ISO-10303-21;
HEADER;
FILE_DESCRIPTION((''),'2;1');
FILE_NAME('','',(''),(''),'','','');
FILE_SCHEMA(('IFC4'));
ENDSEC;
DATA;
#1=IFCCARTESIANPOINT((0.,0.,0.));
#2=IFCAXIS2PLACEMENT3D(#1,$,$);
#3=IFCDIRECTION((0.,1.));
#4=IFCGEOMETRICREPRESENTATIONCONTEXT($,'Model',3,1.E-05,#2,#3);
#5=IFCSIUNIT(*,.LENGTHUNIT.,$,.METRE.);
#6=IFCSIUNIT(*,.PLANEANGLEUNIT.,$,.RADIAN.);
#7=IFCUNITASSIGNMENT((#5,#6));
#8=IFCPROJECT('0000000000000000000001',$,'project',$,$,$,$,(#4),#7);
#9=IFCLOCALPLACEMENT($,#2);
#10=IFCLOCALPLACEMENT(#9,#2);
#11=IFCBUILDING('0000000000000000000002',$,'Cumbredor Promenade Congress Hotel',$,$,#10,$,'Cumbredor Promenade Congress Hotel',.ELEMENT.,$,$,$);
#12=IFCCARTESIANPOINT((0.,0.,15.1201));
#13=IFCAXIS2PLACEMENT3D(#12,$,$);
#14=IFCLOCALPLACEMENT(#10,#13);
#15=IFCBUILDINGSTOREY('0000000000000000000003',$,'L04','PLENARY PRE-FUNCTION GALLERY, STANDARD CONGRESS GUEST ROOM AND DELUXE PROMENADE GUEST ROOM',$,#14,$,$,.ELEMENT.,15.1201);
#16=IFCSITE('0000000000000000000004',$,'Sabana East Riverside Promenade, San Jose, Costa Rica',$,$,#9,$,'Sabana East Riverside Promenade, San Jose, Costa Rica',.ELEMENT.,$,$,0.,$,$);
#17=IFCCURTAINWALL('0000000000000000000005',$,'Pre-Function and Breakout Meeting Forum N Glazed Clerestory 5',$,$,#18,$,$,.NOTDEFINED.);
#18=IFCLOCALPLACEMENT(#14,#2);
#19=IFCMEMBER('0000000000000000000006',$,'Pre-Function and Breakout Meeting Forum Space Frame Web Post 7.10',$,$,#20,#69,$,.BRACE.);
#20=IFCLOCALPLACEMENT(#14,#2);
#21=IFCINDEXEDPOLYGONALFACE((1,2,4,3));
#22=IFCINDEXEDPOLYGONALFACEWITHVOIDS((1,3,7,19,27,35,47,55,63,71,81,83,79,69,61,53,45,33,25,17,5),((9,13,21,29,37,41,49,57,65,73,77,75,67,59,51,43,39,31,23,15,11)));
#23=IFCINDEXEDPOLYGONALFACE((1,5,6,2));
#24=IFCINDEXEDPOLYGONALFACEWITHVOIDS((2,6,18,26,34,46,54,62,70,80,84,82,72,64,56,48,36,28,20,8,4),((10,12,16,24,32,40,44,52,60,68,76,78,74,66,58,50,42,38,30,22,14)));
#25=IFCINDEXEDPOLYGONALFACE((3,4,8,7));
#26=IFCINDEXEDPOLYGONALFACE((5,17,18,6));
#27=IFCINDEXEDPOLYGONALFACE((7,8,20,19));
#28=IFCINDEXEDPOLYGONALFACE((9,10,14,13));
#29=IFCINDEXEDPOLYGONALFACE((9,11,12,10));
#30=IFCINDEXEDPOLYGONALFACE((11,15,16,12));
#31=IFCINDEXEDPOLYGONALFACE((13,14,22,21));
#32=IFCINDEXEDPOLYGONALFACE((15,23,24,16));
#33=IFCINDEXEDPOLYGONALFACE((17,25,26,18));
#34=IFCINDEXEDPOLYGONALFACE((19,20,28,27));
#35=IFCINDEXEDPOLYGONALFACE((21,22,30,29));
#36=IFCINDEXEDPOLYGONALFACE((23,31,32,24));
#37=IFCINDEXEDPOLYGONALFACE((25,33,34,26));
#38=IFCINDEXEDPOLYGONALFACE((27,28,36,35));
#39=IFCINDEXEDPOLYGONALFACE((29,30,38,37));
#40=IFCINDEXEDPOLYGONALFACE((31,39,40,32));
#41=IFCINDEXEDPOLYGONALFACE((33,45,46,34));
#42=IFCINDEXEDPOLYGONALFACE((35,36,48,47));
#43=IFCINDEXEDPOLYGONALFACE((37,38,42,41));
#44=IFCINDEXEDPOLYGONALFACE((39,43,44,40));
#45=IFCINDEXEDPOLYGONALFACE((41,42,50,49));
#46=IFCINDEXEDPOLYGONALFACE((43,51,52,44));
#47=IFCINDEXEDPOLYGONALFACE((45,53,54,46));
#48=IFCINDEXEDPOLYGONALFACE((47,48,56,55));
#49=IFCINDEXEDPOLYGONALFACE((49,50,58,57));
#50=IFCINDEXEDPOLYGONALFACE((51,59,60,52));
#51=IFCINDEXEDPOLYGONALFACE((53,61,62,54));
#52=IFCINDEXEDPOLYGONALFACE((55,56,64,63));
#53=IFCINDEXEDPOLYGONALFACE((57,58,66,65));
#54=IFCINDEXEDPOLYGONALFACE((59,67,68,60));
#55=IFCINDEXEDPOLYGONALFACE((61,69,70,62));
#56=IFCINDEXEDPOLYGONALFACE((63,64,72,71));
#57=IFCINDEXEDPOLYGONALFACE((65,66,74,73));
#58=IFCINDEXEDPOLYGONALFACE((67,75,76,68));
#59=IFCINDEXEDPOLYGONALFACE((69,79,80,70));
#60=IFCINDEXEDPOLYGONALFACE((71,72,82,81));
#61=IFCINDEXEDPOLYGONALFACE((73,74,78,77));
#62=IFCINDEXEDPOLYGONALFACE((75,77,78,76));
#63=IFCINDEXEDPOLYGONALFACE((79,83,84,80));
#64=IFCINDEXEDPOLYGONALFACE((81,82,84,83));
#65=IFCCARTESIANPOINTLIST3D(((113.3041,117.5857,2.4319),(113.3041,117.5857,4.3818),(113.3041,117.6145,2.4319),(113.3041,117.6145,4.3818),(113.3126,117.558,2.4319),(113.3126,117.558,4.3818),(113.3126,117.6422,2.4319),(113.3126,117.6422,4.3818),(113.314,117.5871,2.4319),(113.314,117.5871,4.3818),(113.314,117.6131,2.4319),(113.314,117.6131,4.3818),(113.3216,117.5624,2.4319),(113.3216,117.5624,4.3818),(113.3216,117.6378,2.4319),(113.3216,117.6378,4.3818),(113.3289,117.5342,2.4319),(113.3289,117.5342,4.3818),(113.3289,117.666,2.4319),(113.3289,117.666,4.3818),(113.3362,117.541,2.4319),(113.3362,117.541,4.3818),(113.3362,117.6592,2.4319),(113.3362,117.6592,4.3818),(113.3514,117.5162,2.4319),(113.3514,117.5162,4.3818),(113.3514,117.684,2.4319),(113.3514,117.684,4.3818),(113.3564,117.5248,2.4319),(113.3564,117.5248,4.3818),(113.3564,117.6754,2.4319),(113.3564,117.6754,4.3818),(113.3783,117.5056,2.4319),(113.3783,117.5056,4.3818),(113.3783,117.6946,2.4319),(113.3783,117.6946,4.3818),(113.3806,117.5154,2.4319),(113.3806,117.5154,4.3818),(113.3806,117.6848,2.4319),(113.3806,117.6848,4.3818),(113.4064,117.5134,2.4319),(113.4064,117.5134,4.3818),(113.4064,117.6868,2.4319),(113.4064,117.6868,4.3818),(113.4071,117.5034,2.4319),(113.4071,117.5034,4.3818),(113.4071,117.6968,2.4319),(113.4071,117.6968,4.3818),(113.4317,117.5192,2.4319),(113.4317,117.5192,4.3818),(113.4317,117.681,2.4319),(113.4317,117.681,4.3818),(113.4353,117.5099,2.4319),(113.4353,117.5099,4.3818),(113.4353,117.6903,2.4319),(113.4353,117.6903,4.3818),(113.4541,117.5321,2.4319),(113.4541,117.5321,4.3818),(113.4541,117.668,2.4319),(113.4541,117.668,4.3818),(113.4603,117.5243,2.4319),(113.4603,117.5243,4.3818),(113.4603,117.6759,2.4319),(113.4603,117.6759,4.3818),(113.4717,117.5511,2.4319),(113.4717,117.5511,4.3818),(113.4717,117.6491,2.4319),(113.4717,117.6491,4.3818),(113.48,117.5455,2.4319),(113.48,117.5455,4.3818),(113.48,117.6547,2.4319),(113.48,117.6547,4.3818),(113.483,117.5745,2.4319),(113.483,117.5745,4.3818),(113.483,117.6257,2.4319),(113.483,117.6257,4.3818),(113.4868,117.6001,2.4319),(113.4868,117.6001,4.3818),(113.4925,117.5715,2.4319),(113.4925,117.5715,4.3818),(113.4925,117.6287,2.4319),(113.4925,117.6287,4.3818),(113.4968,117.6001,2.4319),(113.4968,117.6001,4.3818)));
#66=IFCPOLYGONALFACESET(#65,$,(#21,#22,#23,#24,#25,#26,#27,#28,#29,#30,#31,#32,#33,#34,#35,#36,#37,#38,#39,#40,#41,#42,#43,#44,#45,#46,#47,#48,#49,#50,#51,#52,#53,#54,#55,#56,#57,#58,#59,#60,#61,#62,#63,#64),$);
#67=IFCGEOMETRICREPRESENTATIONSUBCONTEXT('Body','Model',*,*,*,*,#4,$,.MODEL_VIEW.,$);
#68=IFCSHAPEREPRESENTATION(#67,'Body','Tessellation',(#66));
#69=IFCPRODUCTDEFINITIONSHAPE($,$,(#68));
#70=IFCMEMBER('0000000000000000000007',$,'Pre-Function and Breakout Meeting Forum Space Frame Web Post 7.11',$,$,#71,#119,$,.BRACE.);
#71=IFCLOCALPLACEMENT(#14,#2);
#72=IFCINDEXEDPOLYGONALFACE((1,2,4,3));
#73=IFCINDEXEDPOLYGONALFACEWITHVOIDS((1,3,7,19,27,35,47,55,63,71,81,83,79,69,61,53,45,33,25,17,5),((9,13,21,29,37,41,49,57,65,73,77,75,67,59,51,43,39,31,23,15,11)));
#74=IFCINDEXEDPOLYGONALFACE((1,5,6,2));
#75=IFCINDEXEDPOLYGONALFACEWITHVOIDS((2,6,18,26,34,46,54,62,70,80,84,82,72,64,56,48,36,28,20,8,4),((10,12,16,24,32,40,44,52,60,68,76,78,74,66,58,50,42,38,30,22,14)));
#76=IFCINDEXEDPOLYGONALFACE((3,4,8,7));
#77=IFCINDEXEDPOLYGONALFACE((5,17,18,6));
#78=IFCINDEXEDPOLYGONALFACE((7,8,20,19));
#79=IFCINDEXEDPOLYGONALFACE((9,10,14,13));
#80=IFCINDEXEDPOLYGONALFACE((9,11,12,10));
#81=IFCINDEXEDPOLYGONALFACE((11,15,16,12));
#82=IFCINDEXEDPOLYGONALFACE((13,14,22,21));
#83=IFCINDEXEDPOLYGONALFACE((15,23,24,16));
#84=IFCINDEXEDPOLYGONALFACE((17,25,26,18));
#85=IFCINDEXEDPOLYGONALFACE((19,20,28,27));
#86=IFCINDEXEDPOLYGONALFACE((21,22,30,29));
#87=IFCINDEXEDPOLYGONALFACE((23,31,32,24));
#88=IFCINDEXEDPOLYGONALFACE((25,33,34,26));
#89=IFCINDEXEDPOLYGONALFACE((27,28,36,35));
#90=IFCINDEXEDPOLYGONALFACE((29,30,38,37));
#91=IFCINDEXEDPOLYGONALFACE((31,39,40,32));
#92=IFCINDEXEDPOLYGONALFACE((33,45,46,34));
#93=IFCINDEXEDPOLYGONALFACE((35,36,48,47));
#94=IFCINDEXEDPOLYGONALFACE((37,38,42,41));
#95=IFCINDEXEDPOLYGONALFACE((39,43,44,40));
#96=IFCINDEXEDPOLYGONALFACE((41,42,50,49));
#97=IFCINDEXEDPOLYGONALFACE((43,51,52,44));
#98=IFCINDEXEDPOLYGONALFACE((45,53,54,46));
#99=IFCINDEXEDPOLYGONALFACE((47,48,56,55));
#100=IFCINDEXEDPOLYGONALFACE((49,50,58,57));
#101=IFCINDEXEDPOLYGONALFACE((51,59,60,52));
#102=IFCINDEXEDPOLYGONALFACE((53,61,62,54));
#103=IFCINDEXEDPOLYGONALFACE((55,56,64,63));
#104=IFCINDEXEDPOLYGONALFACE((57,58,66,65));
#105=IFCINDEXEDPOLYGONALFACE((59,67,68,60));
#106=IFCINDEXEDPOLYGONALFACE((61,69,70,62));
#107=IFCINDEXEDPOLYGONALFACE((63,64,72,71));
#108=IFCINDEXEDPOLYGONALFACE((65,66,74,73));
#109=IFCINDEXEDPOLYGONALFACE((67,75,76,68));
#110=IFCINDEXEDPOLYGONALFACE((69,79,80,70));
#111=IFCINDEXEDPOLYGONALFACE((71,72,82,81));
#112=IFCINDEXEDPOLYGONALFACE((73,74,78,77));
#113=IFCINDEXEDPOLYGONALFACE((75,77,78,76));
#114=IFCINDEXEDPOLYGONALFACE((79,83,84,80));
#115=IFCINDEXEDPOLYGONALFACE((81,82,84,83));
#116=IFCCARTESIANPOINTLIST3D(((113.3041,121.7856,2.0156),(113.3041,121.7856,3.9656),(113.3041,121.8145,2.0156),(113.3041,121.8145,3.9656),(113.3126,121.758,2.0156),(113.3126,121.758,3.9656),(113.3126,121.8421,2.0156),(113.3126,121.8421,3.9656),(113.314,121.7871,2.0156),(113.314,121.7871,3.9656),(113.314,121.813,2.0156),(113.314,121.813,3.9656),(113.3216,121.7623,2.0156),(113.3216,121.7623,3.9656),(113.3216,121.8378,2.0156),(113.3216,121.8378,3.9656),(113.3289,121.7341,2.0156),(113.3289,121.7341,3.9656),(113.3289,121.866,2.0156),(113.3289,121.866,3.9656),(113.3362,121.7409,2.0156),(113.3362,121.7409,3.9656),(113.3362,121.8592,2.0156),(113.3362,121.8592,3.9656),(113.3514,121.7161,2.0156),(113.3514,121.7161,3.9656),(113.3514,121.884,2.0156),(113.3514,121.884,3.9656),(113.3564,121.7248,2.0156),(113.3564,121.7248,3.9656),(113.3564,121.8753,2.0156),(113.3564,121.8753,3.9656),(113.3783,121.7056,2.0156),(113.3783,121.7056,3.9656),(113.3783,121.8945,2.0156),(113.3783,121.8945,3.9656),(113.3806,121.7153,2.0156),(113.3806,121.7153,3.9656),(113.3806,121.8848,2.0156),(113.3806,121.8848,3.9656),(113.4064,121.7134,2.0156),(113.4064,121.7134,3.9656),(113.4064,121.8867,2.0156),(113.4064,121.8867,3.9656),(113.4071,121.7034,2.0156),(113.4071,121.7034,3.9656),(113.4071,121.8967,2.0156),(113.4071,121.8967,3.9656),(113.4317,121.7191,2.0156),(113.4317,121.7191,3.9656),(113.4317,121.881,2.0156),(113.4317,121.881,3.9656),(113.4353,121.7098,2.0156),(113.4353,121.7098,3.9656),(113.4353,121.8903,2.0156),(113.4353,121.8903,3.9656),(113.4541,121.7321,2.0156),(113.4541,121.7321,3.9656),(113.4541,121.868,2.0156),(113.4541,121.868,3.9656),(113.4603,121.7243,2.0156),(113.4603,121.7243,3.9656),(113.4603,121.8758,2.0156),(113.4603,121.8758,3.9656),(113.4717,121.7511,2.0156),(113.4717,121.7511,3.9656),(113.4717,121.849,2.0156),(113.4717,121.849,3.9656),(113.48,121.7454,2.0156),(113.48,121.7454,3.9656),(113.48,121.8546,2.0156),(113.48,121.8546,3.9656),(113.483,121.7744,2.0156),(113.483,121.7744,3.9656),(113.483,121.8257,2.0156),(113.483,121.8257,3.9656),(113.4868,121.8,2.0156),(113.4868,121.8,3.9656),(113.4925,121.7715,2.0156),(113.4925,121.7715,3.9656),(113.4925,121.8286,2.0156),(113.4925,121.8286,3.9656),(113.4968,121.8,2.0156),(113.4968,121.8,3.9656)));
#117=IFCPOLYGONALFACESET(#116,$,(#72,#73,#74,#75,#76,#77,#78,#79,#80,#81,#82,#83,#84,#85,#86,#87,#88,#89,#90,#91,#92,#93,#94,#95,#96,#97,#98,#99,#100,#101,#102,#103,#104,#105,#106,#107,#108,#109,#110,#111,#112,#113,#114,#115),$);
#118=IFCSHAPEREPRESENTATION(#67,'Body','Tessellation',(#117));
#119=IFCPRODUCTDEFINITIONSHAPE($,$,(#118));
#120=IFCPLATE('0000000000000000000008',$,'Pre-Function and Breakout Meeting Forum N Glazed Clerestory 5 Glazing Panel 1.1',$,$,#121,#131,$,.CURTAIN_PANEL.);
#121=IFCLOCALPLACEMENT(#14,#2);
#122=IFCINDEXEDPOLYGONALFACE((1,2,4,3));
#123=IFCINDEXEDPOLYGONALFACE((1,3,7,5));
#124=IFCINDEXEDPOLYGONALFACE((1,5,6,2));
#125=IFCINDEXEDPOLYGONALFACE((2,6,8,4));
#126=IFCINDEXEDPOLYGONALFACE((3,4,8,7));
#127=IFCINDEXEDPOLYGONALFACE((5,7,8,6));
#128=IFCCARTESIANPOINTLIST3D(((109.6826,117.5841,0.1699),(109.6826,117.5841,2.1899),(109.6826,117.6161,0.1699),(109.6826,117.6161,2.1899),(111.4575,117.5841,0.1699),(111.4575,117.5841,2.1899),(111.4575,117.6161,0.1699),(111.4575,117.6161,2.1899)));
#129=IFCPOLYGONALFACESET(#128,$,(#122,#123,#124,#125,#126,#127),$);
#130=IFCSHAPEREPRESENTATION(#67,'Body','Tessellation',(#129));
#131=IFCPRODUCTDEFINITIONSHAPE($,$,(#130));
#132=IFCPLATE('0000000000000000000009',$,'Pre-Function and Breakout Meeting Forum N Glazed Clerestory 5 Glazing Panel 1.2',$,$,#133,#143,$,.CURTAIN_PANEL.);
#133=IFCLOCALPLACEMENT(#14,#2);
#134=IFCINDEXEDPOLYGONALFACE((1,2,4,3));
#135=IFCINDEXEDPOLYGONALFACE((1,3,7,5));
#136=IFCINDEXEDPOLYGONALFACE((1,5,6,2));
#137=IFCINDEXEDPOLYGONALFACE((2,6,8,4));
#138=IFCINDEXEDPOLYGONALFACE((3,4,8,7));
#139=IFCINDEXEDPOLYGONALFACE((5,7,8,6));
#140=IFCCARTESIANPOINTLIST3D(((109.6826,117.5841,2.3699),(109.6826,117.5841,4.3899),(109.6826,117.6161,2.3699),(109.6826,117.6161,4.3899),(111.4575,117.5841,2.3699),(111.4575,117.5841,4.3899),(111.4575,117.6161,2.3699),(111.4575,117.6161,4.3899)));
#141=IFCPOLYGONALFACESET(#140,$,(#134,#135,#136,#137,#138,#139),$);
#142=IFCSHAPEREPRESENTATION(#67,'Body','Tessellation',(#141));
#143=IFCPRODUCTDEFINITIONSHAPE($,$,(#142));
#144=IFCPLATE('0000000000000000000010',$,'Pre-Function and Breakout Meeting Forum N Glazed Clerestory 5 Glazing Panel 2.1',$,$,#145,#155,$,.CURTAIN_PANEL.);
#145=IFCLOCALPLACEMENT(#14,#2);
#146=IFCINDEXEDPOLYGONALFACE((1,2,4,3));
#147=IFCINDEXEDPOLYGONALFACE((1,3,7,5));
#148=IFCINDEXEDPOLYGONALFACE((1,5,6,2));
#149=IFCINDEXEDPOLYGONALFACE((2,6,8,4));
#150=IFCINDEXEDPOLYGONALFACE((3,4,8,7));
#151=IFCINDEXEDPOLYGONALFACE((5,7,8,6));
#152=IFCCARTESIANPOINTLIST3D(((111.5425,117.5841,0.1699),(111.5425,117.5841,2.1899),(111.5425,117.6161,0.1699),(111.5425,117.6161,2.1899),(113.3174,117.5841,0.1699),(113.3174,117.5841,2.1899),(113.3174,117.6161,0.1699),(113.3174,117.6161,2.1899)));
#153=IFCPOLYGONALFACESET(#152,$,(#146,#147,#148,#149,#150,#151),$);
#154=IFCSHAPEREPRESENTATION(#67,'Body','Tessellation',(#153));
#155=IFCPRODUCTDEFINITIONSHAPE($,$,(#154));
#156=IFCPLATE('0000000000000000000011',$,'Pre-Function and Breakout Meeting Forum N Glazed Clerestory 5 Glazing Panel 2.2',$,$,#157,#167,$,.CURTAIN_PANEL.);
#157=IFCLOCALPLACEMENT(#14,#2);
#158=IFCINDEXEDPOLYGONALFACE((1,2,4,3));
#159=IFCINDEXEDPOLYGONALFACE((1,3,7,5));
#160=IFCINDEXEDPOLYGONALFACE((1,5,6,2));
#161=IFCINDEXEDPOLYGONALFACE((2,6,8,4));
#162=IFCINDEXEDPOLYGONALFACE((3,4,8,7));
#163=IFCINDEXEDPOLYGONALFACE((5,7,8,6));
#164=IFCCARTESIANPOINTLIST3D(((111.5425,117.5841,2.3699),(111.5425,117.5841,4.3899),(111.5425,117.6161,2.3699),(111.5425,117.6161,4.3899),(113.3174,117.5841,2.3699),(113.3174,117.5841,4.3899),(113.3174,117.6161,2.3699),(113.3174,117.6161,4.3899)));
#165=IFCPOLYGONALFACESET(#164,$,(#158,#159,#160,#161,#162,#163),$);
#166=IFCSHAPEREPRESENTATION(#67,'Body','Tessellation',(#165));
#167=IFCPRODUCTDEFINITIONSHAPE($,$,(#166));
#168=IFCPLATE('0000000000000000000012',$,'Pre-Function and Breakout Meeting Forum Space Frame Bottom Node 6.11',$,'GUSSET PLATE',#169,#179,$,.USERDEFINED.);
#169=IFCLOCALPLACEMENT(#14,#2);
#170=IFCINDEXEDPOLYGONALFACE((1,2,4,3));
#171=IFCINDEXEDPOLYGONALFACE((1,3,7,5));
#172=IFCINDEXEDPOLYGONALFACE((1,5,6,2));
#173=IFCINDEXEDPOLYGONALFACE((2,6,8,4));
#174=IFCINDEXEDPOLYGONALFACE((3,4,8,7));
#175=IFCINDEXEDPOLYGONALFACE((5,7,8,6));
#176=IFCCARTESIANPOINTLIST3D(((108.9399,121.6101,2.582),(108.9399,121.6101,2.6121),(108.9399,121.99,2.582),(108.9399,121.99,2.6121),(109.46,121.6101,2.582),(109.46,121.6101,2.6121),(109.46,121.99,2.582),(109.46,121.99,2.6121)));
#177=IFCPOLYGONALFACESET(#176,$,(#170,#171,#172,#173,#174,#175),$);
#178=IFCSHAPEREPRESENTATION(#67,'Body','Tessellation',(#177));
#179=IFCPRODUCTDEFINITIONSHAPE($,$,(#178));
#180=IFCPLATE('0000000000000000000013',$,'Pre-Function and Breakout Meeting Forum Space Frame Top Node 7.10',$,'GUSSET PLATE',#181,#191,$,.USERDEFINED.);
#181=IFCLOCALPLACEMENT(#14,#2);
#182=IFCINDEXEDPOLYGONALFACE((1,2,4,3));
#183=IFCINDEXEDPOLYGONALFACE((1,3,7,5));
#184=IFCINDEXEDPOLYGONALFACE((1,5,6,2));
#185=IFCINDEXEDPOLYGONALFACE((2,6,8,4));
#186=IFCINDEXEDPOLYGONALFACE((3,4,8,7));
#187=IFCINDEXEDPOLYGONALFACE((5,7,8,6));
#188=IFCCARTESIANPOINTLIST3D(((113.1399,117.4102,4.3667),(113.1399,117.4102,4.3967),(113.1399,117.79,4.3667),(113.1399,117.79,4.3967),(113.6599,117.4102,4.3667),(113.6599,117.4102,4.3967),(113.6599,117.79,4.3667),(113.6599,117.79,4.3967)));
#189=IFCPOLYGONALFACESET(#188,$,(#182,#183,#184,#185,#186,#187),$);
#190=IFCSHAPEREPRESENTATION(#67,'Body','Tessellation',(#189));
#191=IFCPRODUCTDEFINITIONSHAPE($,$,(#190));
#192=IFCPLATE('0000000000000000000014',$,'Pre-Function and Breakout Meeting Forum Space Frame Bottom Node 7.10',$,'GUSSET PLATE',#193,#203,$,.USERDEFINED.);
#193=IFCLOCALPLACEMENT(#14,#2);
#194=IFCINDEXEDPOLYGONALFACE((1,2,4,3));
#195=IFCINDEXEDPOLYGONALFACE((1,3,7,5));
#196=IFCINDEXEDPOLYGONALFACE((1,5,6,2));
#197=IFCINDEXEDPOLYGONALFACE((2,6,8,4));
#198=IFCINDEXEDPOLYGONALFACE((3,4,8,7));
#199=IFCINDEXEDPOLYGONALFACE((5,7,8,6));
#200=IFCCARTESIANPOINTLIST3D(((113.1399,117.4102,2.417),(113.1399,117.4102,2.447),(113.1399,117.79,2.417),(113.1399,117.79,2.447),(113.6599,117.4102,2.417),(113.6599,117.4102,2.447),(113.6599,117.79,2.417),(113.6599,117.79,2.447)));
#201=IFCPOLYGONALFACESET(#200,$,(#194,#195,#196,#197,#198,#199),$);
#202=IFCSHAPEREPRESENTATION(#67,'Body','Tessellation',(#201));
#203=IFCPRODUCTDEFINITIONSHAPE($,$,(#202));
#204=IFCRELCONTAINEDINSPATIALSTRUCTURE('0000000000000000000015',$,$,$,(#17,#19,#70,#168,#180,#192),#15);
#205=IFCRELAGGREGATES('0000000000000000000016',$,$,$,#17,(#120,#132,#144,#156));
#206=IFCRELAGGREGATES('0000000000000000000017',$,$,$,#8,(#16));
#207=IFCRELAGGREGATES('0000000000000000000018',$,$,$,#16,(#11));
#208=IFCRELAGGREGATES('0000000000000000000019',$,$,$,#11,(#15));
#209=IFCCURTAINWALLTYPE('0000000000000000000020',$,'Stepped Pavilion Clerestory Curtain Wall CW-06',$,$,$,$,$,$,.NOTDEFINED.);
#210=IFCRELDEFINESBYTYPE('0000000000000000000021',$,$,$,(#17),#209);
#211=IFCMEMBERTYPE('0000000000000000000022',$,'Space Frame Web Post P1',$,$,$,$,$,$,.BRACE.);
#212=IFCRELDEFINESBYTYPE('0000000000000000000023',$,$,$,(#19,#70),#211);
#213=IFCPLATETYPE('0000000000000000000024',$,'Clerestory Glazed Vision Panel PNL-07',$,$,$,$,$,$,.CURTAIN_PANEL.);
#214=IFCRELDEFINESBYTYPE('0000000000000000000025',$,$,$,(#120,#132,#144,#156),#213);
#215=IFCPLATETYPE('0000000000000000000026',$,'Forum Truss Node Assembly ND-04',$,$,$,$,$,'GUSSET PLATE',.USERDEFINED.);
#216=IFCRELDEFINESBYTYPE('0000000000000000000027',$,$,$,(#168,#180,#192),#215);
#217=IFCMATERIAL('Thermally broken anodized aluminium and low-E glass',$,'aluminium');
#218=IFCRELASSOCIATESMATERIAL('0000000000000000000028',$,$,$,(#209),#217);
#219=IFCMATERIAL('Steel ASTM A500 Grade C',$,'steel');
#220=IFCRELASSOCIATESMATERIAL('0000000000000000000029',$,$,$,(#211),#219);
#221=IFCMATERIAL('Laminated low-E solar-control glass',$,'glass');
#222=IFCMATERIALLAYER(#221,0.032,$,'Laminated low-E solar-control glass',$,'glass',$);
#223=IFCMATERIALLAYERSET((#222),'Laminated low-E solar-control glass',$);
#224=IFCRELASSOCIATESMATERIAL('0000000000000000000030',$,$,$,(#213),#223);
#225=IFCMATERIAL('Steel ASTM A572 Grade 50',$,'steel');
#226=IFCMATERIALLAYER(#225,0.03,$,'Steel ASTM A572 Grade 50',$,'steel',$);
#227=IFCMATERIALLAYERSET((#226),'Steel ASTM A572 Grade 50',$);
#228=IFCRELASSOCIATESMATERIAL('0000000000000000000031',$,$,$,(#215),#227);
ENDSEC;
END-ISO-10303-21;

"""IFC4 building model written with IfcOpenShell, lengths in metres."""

from ifc_helpers import new_model, si_unit, direction, frame, origin, origin_2d, place, context, subcontext, project, spatial, rectangle, hollow_circle, extrude, material, layer, layer_set, material_profile, profile_set, type_object, element, aggregate, save


model = new_model("IFC4")

# Units and contexts
model_context = context("Model", 3, precision=1e-05, world=origin(), true_north=direction((0.0, 1.0)))
body_context = subcontext(model_context, "Body", "Model", "MODEL_VIEW")
ifc_project = project(units=[si_unit("LENGTHUNIT", "METRE"), si_unit("PLANEANGLEUNIT", "RADIAN")], contexts=[model_context])

# Site, building, storey
site_placement = place(None, origin())
site = spatial("IfcSite", under=ifc_project, at=site_placement, Name="Sabana East Riverside Promenade, San Jose, Costa Rica", LongName="Sabana East Riverside Promenade, San Jose, Costa Rica", CompositionType="ELEMENT", RefElevation=0.0)
building_placement = place(site_placement, origin())
building = spatial("IfcBuilding", under=site, at=building_placement, Name="Cumbredor Promenade Congress Hotel", LongName="Cumbredor Promenade Congress Hotel", CompositionType="ELEMENT")
storey_placement = place(building_placement, frame((0.0, 0.0, 15.1201)))
storey = spatial("IfcBuildingStorey", under=building, at=storey_placement, Name="L04", Description="PLENARY PRE-FUNCTION GALLERY, STANDARD CONGRESS GUEST ROOM AND DELUXE PROMENADE GUEST ROOM", CompositionType="ELEMENT", Elevation=15.1201)

# Curtain wall
ifc_material_1 = material(Name="Thermally broken anodized aluminium and low-E glass", Category="aluminium")
curtain_wall_type = type_object("IfcCurtainWallType", Name="Stepped Pavilion Clerestory Curtain Wall CW-06", PredefinedType="NOTDEFINED", material=ifc_material_1)
curtain_wall_placement = place(storey_placement, origin())
curtain_wall = element("IfcCurtainWall", 1, at=curtain_wall_placement, inside=storey, type_object=curtain_wall_type, Name="Pre-Function and Breakout Meeting Forum N Glazed Clerestory 5", PredefinedType="NOTDEFINED")

# Members
ifc_material_2 = material(Name="Steel ASTM A500 Grade C", Category="steel")
ifc_material_profile_1 = material_profile(ifc_material_2, hollow_circle(Radius=0.0969, WallThickness=0.01, at=origin_2d()), Name="CHS 193.7x10")
ifc_profile_set_1 = profile_set([ifc_material_profile_1], Name="Steel ASTM A500 Grade C")
member_type_1 = type_object("IfcMemberType", Name="Space Frame Web Post P1", PredefinedType="BRACE", material=ifc_profile_set_1)
for number, where, z_axis, x_axis, name in (
    (2, (113.3999, 117.6001, 2.4319), (0.0, 0.0, 1.0), (1.0, 0.0, 0.0), "Pre-Function and Breakout Meeting Forum Space Frame Web Post 7.10"),
    (3, (113.3999, 121.8, 2.0156), (0.0, 0.0, 1.0), (1.0, 0.0, 0.0), "Pre-Function and Breakout Meeting Forum Space Frame Web Post 7.11"),
):
    element("IfcMember", number, at=place(storey_placement, frame(where, z_axis=z_axis, x_axis=x_axis)), inside=storey, type_object=member_type_1, Name=name, PredefinedType="BRACE", context=body_context, shape_type="SweptSolid", body=[
        extrude(hollow_circle(Radius=0.0969, WallThickness=0.01, at=origin_2d()), origin(), (0.0, 0.0, 1.0), 1.95),
    ])

# Plates
ifc_material_3 = material(Name="Laminated low-E solar-control glass", Category="glass")
ifc_layer_1 = layer(ifc_material_3, 0.032, Name="Laminated low-E solar-control glass", Category="glass")
ifc_layer_set_1 = layer_set([ifc_layer_1], Name="Laminated low-E solar-control glass")
plate_type_1 = type_object("IfcPlateType", Name="Clerestory Glazed Vision Panel PNL-07", PredefinedType="CURTAIN_PANEL", material=ifc_layer_set_1)
plate_1_placement = place(storey_placement, frame((110.5701, 117.6001, 0.1699), z_axis=(0.0, 0.0, 1.0), x_axis=(1.0, 0.0, 0.0)))
plate_1 = element("IfcPlate", 4, at=plate_1_placement, type_object=plate_type_1, Name="Pre-Function and Breakout Meeting Forum N Glazed Clerestory 5 Glazing Panel 1.1", PredefinedType="CURTAIN_PANEL", context=body_context, shape_type="SweptSolid", body=[
    extrude(rectangle(XDim=1.7749, YDim=0.032, at=origin_2d()), origin(), (0.0, 0.0, 1.0), 2.02),
])
plate_2_placement = place(storey_placement, frame((110.5701, 117.6001, 2.3699), z_axis=(0.0, 0.0, 1.0), x_axis=(1.0, 0.0, 0.0)))
plate_2 = element("IfcPlate", 5, at=plate_2_placement, type_object=plate_type_1, Name="Pre-Function and Breakout Meeting Forum N Glazed Clerestory 5 Glazing Panel 1.2", PredefinedType="CURTAIN_PANEL", context=body_context, shape_type="SweptSolid", body=[
    extrude(rectangle(XDim=1.7749, YDim=0.032, at=origin_2d()), origin(), (0.0, 0.0, 1.0), 2.02),
])
plate_3_placement = place(storey_placement, frame((112.4299, 117.6001, 0.1699), z_axis=(0.0, 0.0, 1.0), x_axis=(1.0, 0.0, 0.0)))
plate_3 = element("IfcPlate", 6, at=plate_3_placement, type_object=plate_type_1, Name="Pre-Function and Breakout Meeting Forum N Glazed Clerestory 5 Glazing Panel 2.1", PredefinedType="CURTAIN_PANEL", context=body_context, shape_type="SweptSolid", body=[
    extrude(rectangle(XDim=1.7749, YDim=0.032, at=origin_2d()), origin(), (0.0, 0.0, 1.0), 2.02),
])
plate_4_placement = place(storey_placement, frame((112.4299, 117.6001, 2.3699), z_axis=(0.0, 0.0, 1.0), x_axis=(1.0, 0.0, 0.0)))
plate_4 = element("IfcPlate", 7, at=plate_4_placement, type_object=plate_type_1, Name="Pre-Function and Breakout Meeting Forum N Glazed Clerestory 5 Glazing Panel 2.2", PredefinedType="CURTAIN_PANEL", context=body_context, shape_type="SweptSolid", body=[
    extrude(rectangle(XDim=1.7749, YDim=0.032, at=origin_2d()), origin(), (0.0, 0.0, 1.0), 2.02),
])
aggregate(curtain_wall, [plate_1, plate_2, plate_3, plate_4])

# Plates
ifc_material_4 = material(Name="Steel ASTM A572 Grade 50", Category="steel")
ifc_layer_2 = layer(ifc_material_4, 0.03, Name="Steel ASTM A572 Grade 50", Category="steel")
ifc_layer_set_2 = layer_set([ifc_layer_2], Name="Steel ASTM A572 Grade 50")
plate_type_2 = type_object("IfcPlateType", Name="Forum Truss Node Assembly ND-04", ElementType="GUSSET PLATE", PredefinedType="USERDEFINED", material=ifc_layer_set_2)
for number, where, z_axis, x_axis, name in (
    (8, (109.2, 121.8, 2.582), (0.0, 0.0, 1.0), (1.0, 0.0, 0.0), "Pre-Function and Breakout Meeting Forum Space Frame Bottom Node 6.11"),
    (9, (113.3999, 117.6001, 4.3667), (0.0, 0.0, 1.0), (1.0, 0.0, 0.0), "Pre-Function and Breakout Meeting Forum Space Frame Top Node 7.10"),
    (10, (113.3999, 117.6001, 2.417), (0.0, 0.0, 1.0), (1.0, 0.0, 0.0), "Pre-Function and Breakout Meeting Forum Space Frame Bottom Node 7.10"),
):
    element("IfcPlate", number, at=place(storey_placement, frame(where, z_axis=z_axis, x_axis=x_axis)), inside=storey, type_object=plate_type_2, Name=name, ObjectType="GUSSET PLATE", PredefinedType="USERDEFINED", context=body_context, shape_type="SweptSolid", body=[
        extrude(rectangle(XDim=0.52, YDim=0.3799, at=origin_2d()), origin(), (0.0, 0.0, 1.0), 0.03),
    ])

save(model, "model.ifc")
